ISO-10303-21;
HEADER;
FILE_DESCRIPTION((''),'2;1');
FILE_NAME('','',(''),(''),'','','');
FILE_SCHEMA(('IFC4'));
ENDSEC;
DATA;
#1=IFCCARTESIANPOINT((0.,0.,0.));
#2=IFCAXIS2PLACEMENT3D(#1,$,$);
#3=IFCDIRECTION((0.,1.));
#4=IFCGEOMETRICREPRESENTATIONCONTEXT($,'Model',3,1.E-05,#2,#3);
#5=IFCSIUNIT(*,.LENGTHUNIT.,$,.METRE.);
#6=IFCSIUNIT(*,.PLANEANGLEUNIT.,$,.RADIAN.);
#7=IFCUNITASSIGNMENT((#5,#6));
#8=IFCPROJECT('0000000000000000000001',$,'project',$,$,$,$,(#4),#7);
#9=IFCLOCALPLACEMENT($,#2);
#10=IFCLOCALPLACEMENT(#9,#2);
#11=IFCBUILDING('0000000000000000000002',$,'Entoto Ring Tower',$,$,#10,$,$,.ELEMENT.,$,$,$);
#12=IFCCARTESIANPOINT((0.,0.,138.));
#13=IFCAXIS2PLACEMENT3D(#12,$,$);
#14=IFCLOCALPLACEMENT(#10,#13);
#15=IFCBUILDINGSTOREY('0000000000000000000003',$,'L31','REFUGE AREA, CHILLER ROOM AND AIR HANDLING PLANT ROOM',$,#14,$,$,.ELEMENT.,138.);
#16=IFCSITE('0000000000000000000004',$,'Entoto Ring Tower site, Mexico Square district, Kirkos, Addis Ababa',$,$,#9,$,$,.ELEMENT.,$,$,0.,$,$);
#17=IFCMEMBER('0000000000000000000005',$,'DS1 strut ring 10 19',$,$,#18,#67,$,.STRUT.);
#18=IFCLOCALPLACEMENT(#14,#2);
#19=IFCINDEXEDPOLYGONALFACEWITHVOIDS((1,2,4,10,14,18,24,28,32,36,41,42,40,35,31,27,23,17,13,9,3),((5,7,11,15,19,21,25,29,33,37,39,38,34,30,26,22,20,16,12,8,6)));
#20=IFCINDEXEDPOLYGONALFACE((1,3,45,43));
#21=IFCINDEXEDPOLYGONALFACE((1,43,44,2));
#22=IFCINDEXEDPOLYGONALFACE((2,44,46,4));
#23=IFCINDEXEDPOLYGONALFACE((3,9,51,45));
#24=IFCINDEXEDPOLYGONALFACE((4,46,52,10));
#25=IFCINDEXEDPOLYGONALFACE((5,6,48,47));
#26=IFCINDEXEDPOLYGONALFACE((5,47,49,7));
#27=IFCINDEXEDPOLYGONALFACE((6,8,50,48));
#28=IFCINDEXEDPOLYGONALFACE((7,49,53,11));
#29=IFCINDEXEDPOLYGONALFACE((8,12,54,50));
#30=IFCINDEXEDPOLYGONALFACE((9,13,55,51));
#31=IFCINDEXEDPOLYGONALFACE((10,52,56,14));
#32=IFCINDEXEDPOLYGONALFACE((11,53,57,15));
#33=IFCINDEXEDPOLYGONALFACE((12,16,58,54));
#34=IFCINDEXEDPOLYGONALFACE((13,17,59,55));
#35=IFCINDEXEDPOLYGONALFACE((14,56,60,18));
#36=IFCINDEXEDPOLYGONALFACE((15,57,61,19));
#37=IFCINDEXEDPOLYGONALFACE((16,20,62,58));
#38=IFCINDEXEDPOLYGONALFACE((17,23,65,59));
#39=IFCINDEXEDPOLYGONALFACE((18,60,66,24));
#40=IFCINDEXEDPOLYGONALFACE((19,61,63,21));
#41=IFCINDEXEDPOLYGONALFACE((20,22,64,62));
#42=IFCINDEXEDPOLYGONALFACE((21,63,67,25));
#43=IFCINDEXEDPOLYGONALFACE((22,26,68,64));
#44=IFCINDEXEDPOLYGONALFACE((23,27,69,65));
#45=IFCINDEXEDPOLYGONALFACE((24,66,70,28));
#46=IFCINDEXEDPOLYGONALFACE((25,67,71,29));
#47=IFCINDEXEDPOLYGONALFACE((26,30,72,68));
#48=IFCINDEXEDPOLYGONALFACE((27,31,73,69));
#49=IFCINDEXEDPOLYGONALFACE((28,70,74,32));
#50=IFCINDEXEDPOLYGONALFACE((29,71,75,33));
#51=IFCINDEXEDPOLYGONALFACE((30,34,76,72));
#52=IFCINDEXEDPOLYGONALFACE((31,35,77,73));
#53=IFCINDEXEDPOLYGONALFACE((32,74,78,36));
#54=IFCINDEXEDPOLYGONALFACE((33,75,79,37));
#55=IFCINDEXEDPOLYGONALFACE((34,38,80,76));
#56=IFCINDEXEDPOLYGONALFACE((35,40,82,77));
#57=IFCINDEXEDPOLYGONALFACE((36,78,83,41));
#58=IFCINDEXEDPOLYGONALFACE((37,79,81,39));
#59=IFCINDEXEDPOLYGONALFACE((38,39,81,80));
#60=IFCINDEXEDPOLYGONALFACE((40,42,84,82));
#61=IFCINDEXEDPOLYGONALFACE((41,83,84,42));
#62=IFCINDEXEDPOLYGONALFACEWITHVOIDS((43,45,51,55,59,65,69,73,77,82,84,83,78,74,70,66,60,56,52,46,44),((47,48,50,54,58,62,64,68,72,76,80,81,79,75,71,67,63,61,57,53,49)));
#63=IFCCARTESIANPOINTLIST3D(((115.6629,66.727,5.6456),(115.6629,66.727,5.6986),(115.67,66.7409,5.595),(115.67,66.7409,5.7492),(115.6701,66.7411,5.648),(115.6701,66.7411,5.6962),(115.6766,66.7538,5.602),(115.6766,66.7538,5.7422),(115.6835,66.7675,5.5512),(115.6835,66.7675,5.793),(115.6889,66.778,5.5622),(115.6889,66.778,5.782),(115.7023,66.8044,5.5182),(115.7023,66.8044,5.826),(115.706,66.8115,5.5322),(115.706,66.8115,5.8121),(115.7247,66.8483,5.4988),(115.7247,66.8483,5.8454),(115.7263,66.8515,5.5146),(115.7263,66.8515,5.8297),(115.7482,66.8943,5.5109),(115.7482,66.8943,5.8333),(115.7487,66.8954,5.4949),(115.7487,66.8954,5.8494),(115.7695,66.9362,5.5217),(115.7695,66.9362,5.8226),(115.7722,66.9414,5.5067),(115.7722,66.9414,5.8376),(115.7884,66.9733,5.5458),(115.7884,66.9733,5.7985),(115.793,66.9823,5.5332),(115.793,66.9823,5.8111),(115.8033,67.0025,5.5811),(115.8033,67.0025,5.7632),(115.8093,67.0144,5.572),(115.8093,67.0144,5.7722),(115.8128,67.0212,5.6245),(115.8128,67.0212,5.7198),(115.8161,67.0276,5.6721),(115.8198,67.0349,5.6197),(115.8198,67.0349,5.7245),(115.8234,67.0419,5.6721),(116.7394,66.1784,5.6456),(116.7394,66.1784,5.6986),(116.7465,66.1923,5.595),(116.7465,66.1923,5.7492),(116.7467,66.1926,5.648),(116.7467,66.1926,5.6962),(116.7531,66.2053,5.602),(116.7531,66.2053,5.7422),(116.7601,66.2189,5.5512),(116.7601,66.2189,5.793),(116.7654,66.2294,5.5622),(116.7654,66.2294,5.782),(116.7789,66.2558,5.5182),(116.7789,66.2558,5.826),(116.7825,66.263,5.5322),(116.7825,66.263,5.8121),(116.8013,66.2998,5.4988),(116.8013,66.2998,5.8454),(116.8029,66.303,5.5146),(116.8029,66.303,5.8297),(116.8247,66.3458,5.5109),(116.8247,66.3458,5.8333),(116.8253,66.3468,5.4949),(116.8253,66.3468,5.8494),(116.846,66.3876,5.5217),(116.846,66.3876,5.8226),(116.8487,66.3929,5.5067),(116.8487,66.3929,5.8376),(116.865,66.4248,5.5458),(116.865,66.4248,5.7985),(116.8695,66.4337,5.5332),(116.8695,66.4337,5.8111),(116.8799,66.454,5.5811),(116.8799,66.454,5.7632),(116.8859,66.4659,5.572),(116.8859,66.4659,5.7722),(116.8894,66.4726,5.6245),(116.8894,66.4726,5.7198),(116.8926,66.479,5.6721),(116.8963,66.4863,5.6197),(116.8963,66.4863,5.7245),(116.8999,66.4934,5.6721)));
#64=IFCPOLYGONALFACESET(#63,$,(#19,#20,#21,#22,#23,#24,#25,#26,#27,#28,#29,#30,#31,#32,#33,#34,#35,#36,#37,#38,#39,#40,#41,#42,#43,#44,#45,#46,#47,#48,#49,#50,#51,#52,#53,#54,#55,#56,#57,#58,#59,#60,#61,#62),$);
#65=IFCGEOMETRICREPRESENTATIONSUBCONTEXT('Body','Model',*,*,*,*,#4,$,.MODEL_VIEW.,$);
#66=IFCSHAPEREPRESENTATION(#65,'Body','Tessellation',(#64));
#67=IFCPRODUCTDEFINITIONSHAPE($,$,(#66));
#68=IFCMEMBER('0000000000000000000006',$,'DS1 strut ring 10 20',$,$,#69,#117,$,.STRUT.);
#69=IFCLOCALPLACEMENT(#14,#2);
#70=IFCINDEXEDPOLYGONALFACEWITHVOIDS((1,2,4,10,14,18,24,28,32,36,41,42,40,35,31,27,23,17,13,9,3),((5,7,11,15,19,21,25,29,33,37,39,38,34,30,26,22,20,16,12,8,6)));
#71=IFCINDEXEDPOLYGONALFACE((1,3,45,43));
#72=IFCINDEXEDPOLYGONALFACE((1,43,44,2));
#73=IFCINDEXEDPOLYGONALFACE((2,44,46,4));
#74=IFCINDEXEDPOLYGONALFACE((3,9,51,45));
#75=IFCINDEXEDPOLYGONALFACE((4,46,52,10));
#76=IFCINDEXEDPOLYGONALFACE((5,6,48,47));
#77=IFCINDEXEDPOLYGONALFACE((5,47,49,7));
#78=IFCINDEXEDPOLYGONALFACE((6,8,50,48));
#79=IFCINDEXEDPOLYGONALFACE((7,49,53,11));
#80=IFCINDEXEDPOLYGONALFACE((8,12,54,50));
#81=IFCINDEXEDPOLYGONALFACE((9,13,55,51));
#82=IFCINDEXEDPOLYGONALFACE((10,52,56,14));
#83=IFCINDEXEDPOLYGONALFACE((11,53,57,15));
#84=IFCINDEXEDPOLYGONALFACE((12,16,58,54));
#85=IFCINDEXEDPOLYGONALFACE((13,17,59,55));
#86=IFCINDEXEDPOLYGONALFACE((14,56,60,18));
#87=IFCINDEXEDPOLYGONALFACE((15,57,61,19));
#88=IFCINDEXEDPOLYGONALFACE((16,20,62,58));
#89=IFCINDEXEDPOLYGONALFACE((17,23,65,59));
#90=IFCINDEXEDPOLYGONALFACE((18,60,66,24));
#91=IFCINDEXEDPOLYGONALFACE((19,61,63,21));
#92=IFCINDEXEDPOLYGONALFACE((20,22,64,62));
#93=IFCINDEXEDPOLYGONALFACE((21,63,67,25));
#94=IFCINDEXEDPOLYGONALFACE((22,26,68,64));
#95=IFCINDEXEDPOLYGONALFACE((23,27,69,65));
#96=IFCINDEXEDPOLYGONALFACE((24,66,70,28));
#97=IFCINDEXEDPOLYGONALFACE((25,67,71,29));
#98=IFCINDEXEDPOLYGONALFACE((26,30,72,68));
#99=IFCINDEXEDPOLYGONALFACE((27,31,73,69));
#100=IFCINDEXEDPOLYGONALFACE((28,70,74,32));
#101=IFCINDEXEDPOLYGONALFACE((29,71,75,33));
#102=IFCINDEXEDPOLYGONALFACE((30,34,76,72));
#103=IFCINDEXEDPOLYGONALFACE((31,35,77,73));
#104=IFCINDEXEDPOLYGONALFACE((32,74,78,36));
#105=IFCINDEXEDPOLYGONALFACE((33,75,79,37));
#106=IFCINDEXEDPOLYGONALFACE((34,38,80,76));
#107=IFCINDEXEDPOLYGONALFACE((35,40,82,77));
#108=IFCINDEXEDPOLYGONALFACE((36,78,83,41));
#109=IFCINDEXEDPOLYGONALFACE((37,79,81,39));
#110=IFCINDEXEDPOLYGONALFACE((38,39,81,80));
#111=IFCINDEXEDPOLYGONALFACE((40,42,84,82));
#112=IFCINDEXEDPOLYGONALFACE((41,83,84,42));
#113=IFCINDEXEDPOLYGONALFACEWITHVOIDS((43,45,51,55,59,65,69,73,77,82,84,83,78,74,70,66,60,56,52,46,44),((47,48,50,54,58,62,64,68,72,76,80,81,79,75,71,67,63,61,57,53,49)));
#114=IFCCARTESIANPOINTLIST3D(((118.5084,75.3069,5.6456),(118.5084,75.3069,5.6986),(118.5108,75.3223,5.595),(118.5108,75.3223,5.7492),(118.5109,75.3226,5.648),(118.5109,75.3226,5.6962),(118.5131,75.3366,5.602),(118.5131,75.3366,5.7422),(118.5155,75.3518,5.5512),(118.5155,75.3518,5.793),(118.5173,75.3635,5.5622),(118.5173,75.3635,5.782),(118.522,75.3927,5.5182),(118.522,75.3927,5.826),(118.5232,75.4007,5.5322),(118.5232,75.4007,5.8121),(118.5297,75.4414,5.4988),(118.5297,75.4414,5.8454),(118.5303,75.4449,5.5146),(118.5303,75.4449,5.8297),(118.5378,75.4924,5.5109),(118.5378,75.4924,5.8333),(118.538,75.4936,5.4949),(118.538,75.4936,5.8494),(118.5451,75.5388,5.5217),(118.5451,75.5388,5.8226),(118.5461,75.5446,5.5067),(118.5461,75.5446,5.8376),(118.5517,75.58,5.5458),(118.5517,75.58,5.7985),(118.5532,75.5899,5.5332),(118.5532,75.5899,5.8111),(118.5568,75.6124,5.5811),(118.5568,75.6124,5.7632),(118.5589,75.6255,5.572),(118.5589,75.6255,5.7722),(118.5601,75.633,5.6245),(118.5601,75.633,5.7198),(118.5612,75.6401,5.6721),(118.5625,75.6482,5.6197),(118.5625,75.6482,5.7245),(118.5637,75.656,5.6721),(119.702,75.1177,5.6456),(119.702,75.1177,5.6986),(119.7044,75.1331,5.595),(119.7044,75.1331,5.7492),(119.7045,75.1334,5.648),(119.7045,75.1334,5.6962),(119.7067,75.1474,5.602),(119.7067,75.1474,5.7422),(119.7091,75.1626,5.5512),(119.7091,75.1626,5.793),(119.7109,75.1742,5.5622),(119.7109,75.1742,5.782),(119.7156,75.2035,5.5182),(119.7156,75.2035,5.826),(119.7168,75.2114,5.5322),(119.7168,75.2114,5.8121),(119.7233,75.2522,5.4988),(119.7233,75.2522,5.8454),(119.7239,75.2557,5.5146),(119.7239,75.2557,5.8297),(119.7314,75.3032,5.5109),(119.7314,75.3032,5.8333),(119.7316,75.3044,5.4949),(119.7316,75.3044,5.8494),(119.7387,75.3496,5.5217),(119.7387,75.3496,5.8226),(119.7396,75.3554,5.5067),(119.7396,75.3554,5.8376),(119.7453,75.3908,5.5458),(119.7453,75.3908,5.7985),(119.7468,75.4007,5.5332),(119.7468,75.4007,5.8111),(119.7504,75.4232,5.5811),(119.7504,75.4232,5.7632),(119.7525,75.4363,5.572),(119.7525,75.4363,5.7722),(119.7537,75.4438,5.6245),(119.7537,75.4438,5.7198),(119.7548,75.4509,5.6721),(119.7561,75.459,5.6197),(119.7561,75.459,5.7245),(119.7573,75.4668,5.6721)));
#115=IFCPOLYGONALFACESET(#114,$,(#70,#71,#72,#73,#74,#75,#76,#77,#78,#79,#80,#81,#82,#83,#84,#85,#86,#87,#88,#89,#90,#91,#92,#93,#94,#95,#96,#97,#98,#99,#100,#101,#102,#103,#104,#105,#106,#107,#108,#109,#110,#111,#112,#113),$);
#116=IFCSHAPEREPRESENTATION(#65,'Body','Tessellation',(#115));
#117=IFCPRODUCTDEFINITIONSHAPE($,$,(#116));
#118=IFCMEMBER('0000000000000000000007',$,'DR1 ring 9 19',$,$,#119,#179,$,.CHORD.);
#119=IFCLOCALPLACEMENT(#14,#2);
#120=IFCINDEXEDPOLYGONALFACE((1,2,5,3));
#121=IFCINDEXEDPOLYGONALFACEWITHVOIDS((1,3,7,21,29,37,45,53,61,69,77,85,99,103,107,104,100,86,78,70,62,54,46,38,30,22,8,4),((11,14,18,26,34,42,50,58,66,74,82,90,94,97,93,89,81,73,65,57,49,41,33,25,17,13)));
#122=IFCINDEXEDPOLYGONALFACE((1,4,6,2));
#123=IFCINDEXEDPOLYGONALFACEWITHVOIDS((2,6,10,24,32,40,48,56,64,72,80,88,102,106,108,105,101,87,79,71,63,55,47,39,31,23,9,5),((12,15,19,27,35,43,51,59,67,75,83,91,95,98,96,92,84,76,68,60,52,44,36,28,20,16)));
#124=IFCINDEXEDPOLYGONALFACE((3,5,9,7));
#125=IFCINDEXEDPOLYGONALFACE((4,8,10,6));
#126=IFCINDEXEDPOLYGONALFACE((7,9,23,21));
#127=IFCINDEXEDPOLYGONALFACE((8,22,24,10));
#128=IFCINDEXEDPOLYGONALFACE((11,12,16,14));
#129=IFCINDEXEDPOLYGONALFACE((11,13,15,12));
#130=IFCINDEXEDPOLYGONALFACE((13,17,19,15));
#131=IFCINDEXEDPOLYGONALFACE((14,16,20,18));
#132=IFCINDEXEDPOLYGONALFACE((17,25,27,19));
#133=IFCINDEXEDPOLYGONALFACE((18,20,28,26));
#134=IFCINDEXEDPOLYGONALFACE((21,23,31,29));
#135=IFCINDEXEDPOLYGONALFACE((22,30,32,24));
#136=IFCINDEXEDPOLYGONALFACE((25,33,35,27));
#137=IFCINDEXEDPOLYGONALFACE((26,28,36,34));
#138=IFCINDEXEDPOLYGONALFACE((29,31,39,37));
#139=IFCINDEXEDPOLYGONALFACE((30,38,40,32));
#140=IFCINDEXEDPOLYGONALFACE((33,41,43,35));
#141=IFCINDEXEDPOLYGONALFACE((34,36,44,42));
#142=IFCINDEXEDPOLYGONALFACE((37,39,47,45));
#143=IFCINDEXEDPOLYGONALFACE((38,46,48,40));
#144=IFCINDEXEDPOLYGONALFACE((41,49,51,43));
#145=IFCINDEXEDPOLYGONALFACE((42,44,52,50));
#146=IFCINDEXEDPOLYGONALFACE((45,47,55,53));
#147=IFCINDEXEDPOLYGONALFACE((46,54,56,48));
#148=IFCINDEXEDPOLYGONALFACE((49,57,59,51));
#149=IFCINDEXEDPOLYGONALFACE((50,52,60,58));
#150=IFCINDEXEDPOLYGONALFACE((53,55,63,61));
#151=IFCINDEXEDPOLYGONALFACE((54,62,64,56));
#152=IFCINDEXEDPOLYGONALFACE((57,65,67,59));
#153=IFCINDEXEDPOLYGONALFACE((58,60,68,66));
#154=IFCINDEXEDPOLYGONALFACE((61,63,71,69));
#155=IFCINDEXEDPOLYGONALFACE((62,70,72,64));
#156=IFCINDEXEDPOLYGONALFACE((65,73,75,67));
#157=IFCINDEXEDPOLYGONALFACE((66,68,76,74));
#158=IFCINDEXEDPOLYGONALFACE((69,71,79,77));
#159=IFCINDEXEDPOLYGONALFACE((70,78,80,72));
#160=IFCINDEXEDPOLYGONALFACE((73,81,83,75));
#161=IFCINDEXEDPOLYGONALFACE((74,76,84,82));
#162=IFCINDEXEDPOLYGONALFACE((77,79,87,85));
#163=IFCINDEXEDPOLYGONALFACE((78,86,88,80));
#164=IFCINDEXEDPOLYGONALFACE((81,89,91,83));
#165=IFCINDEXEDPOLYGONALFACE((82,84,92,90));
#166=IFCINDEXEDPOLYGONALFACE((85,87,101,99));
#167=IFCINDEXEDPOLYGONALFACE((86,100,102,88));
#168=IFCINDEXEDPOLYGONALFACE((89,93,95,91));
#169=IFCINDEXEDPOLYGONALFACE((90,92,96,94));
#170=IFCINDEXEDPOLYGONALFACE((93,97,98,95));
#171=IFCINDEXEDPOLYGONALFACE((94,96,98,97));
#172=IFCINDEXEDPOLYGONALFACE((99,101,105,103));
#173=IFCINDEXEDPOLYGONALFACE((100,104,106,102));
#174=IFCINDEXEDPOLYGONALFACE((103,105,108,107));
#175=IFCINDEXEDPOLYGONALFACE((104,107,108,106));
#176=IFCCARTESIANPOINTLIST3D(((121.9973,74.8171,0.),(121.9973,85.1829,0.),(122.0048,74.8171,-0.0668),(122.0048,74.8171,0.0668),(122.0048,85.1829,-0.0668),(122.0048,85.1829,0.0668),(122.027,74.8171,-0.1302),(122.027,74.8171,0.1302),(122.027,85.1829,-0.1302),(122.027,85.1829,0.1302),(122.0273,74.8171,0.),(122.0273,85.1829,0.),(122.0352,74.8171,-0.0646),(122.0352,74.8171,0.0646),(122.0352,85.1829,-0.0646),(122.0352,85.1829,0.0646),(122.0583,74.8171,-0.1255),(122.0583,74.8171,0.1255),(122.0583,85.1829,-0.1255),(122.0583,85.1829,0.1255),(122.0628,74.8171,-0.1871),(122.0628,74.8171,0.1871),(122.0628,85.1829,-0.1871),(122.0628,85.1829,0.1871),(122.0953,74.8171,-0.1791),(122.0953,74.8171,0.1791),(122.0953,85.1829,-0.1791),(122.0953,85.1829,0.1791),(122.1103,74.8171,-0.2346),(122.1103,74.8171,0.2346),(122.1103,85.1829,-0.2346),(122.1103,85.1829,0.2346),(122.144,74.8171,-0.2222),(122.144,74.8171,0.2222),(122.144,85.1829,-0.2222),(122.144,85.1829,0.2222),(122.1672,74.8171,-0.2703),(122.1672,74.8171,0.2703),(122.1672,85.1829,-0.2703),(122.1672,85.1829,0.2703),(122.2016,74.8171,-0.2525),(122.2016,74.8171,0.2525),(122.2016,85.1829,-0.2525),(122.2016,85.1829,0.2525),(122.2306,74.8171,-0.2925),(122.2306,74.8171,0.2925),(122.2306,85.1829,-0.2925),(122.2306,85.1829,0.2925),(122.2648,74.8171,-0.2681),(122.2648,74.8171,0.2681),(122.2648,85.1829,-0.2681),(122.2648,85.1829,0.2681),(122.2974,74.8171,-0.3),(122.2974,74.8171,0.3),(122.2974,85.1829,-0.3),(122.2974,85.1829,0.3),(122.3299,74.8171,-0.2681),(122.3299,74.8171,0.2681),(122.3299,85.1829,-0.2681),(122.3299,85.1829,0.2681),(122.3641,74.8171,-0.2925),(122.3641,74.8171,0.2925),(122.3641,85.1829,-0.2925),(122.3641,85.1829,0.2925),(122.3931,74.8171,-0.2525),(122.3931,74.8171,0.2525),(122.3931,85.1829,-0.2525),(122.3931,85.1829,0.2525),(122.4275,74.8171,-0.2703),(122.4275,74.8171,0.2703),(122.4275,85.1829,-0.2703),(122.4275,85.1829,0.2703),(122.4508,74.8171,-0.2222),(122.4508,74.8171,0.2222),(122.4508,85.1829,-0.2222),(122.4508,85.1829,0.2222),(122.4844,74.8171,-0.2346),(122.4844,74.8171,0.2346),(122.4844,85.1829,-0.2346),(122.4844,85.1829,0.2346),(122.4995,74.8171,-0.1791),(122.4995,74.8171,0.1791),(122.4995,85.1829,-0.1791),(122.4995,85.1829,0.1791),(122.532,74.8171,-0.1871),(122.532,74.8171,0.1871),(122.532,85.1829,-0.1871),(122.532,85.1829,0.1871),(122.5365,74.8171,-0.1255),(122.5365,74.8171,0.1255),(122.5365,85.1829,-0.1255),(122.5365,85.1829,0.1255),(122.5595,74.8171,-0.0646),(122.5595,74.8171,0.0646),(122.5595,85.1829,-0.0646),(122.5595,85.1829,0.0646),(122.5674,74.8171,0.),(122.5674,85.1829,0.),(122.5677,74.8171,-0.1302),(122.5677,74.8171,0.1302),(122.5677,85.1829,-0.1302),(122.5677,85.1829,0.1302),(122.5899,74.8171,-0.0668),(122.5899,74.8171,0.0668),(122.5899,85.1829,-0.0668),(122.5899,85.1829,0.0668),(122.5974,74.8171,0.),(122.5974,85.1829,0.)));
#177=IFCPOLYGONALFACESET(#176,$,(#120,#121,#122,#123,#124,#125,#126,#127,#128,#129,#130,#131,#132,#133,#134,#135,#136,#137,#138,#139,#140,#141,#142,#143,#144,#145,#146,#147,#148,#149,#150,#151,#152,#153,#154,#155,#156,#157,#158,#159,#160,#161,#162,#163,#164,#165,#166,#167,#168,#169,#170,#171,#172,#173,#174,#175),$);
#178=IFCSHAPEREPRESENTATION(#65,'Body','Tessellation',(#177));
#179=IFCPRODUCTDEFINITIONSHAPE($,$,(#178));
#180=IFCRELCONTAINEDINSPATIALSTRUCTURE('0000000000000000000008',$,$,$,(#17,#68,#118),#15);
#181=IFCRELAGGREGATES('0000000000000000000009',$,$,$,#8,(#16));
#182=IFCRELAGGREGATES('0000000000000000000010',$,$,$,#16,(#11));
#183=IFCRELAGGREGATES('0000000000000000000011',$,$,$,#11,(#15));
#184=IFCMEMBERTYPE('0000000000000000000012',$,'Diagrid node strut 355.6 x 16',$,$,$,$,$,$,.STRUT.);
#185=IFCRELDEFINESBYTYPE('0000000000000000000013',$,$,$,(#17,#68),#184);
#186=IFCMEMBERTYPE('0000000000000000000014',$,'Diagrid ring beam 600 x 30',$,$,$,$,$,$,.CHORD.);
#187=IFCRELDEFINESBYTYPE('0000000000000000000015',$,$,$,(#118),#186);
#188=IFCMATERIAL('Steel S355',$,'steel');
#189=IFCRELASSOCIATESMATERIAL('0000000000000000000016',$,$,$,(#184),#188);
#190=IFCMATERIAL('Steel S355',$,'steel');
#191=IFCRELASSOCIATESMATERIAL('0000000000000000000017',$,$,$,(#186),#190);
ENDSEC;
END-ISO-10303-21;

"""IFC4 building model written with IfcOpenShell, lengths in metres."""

from ifc_helpers import new_model, si_unit, direction, frame, origin, origin_2d, place, context, subcontext, project, spatial, circle, hollow_circle, extrude, material, material_profile, profile_set, type_object, element, save


model = new_model("IFC4")

# Units and contexts
model_context = context("Model", 3, precision=1e-05, world=origin(), true_north=direction((0.0, 1.0)))
body_context = subcontext(model_context, "Body", "Model", "MODEL_VIEW")
ifc_project = project(units=[si_unit("LENGTHUNIT", "METRE"), si_unit("PLANEANGLEUNIT", "RADIAN")], contexts=[model_context])

# Site, building, storey
site_placement = place(None, origin())
site = spatial("IfcSite", under=ifc_project, at=site_placement, Name="Entoto Ring Tower site, Mexico Square district, Kirkos, Addis Ababa", CompositionType="ELEMENT", RefElevation=0.0)
building_placement = place(site_placement, origin())
building = spatial("IfcBuilding", under=site, at=building_placement, Name="Entoto Ring Tower", CompositionType="ELEMENT")
storey_placement = place(building_placement, frame((0.0, 0.0, 138.0)))
storey = spatial("IfcBuildingStorey", under=building, at=storey_placement, Name="L31", Description="REFUGE AREA, CHILLER ROOM AND AIR HANDLING PLANT ROOM", CompositionType="ELEMENT", Elevation=138.0)

# Members
ifc_material_1 = material(Name="Steel S355", Category="steel")
ifc_material_profile_1 = material_profile(ifc_material_1, hollow_circle(Radius=0.1777, WallThickness=0.0161, at=origin_2d()), Name="CHS 355.6 x 16")
ifc_material_2 = material(Name="Concrete C60/75", Category="concrete")
ifc_material_profile_2 = material_profile(ifc_material_2, circle(Radius=0.1619, at=origin_2d()), Name="Concrete C60/75 infill")
ifc_profile_set_1 = profile_set([ifc_material_profile_1, ifc_material_profile_2], Name="Steel S355")
member_type_1 = type_object("IfcMemberType", Name="Diagrid node strut 355.6 x 16", PredefinedType="STRUT", material=ifc_profile_set_1)
member_1_placement = place(storey_placement, frame((115.7427, 66.8835, 5.6721), z_axis=(0.891007, -0.453989, 0.0), x_axis=(0.453989, 0.891007, 0.0)))
element("IfcMember", 1, at=member_1_placement, inside=storey, type_object=member_type_1, Name="DS1 strut ring 10 19", PredefinedType="STRUT", context=body_context, shape_type="SweptSolid", body=[
    extrude(hollow_circle(Radius=0.1777, WallThickness=0.0161, at=origin_2d()), origin(), (0.0, 0.0, 1.0), 1.2083),
])
member_2_placement = place(storey_placement, frame((118.5359, 75.4805, 5.6721), z_axis=(0.987668, -0.156564, 0.0), x_axis=(0.156564, 0.987668, 0.0)))
element("IfcMember", 2, at=member_2_placement, inside=storey, type_object=member_type_1, Name="DS1 strut ring 10 20", PredefinedType="STRUT", context=body_context, shape_type="SweptSolid", body=[
    extrude(hollow_circle(Radius=0.1777, WallThickness=0.0161, at=origin_2d()), origin(), (0.0, 0.0, 1.0), 1.2085),
])
ifc_material_3 = material(Name="Steel S355", Category="steel")
ifc_material_profile_3 = material_profile(ifc_material_3, hollow_circle(Radius=0.3, WallThickness=0.03, at=origin_2d()), Name="CHS 600 x 30")
ifc_material_4 = material(Name="Concrete C60/75", Category="concrete")
ifc_material_profile_4 = material_profile(ifc_material_4, circle(Radius=0.27, at=origin_2d()), Name="Concrete C60/75 infill")
ifc_profile_set_2 = profile_set([ifc_material_profile_3, ifc_material_profile_4], Name="Steel S355")
member_type_2 = type_object("IfcMemberType", Name="Diagrid ring beam 600 x 30", PredefinedType="CHORD", material=ifc_profile_set_2)
member_3_placement = place(storey_placement, frame((122.2974, 74.8171, 0.0), z_axis=(0.0, 1.0, 0.0), x_axis=(-1.0, 0.0, 0.0)))
element("IfcMember", 3, at=member_3_placement, inside=storey, type_object=member_type_2, Name="DR1 ring 9 19", PredefinedType="CHORD", context=body_context, shape_type="SweptSolid", body=[
    extrude(hollow_circle(Radius=0.3, WallThickness=0.03, at=origin_2d()), origin(), (0.0, 0.0, 1.0), 10.3657),
])

save(model, "model.ifc")
